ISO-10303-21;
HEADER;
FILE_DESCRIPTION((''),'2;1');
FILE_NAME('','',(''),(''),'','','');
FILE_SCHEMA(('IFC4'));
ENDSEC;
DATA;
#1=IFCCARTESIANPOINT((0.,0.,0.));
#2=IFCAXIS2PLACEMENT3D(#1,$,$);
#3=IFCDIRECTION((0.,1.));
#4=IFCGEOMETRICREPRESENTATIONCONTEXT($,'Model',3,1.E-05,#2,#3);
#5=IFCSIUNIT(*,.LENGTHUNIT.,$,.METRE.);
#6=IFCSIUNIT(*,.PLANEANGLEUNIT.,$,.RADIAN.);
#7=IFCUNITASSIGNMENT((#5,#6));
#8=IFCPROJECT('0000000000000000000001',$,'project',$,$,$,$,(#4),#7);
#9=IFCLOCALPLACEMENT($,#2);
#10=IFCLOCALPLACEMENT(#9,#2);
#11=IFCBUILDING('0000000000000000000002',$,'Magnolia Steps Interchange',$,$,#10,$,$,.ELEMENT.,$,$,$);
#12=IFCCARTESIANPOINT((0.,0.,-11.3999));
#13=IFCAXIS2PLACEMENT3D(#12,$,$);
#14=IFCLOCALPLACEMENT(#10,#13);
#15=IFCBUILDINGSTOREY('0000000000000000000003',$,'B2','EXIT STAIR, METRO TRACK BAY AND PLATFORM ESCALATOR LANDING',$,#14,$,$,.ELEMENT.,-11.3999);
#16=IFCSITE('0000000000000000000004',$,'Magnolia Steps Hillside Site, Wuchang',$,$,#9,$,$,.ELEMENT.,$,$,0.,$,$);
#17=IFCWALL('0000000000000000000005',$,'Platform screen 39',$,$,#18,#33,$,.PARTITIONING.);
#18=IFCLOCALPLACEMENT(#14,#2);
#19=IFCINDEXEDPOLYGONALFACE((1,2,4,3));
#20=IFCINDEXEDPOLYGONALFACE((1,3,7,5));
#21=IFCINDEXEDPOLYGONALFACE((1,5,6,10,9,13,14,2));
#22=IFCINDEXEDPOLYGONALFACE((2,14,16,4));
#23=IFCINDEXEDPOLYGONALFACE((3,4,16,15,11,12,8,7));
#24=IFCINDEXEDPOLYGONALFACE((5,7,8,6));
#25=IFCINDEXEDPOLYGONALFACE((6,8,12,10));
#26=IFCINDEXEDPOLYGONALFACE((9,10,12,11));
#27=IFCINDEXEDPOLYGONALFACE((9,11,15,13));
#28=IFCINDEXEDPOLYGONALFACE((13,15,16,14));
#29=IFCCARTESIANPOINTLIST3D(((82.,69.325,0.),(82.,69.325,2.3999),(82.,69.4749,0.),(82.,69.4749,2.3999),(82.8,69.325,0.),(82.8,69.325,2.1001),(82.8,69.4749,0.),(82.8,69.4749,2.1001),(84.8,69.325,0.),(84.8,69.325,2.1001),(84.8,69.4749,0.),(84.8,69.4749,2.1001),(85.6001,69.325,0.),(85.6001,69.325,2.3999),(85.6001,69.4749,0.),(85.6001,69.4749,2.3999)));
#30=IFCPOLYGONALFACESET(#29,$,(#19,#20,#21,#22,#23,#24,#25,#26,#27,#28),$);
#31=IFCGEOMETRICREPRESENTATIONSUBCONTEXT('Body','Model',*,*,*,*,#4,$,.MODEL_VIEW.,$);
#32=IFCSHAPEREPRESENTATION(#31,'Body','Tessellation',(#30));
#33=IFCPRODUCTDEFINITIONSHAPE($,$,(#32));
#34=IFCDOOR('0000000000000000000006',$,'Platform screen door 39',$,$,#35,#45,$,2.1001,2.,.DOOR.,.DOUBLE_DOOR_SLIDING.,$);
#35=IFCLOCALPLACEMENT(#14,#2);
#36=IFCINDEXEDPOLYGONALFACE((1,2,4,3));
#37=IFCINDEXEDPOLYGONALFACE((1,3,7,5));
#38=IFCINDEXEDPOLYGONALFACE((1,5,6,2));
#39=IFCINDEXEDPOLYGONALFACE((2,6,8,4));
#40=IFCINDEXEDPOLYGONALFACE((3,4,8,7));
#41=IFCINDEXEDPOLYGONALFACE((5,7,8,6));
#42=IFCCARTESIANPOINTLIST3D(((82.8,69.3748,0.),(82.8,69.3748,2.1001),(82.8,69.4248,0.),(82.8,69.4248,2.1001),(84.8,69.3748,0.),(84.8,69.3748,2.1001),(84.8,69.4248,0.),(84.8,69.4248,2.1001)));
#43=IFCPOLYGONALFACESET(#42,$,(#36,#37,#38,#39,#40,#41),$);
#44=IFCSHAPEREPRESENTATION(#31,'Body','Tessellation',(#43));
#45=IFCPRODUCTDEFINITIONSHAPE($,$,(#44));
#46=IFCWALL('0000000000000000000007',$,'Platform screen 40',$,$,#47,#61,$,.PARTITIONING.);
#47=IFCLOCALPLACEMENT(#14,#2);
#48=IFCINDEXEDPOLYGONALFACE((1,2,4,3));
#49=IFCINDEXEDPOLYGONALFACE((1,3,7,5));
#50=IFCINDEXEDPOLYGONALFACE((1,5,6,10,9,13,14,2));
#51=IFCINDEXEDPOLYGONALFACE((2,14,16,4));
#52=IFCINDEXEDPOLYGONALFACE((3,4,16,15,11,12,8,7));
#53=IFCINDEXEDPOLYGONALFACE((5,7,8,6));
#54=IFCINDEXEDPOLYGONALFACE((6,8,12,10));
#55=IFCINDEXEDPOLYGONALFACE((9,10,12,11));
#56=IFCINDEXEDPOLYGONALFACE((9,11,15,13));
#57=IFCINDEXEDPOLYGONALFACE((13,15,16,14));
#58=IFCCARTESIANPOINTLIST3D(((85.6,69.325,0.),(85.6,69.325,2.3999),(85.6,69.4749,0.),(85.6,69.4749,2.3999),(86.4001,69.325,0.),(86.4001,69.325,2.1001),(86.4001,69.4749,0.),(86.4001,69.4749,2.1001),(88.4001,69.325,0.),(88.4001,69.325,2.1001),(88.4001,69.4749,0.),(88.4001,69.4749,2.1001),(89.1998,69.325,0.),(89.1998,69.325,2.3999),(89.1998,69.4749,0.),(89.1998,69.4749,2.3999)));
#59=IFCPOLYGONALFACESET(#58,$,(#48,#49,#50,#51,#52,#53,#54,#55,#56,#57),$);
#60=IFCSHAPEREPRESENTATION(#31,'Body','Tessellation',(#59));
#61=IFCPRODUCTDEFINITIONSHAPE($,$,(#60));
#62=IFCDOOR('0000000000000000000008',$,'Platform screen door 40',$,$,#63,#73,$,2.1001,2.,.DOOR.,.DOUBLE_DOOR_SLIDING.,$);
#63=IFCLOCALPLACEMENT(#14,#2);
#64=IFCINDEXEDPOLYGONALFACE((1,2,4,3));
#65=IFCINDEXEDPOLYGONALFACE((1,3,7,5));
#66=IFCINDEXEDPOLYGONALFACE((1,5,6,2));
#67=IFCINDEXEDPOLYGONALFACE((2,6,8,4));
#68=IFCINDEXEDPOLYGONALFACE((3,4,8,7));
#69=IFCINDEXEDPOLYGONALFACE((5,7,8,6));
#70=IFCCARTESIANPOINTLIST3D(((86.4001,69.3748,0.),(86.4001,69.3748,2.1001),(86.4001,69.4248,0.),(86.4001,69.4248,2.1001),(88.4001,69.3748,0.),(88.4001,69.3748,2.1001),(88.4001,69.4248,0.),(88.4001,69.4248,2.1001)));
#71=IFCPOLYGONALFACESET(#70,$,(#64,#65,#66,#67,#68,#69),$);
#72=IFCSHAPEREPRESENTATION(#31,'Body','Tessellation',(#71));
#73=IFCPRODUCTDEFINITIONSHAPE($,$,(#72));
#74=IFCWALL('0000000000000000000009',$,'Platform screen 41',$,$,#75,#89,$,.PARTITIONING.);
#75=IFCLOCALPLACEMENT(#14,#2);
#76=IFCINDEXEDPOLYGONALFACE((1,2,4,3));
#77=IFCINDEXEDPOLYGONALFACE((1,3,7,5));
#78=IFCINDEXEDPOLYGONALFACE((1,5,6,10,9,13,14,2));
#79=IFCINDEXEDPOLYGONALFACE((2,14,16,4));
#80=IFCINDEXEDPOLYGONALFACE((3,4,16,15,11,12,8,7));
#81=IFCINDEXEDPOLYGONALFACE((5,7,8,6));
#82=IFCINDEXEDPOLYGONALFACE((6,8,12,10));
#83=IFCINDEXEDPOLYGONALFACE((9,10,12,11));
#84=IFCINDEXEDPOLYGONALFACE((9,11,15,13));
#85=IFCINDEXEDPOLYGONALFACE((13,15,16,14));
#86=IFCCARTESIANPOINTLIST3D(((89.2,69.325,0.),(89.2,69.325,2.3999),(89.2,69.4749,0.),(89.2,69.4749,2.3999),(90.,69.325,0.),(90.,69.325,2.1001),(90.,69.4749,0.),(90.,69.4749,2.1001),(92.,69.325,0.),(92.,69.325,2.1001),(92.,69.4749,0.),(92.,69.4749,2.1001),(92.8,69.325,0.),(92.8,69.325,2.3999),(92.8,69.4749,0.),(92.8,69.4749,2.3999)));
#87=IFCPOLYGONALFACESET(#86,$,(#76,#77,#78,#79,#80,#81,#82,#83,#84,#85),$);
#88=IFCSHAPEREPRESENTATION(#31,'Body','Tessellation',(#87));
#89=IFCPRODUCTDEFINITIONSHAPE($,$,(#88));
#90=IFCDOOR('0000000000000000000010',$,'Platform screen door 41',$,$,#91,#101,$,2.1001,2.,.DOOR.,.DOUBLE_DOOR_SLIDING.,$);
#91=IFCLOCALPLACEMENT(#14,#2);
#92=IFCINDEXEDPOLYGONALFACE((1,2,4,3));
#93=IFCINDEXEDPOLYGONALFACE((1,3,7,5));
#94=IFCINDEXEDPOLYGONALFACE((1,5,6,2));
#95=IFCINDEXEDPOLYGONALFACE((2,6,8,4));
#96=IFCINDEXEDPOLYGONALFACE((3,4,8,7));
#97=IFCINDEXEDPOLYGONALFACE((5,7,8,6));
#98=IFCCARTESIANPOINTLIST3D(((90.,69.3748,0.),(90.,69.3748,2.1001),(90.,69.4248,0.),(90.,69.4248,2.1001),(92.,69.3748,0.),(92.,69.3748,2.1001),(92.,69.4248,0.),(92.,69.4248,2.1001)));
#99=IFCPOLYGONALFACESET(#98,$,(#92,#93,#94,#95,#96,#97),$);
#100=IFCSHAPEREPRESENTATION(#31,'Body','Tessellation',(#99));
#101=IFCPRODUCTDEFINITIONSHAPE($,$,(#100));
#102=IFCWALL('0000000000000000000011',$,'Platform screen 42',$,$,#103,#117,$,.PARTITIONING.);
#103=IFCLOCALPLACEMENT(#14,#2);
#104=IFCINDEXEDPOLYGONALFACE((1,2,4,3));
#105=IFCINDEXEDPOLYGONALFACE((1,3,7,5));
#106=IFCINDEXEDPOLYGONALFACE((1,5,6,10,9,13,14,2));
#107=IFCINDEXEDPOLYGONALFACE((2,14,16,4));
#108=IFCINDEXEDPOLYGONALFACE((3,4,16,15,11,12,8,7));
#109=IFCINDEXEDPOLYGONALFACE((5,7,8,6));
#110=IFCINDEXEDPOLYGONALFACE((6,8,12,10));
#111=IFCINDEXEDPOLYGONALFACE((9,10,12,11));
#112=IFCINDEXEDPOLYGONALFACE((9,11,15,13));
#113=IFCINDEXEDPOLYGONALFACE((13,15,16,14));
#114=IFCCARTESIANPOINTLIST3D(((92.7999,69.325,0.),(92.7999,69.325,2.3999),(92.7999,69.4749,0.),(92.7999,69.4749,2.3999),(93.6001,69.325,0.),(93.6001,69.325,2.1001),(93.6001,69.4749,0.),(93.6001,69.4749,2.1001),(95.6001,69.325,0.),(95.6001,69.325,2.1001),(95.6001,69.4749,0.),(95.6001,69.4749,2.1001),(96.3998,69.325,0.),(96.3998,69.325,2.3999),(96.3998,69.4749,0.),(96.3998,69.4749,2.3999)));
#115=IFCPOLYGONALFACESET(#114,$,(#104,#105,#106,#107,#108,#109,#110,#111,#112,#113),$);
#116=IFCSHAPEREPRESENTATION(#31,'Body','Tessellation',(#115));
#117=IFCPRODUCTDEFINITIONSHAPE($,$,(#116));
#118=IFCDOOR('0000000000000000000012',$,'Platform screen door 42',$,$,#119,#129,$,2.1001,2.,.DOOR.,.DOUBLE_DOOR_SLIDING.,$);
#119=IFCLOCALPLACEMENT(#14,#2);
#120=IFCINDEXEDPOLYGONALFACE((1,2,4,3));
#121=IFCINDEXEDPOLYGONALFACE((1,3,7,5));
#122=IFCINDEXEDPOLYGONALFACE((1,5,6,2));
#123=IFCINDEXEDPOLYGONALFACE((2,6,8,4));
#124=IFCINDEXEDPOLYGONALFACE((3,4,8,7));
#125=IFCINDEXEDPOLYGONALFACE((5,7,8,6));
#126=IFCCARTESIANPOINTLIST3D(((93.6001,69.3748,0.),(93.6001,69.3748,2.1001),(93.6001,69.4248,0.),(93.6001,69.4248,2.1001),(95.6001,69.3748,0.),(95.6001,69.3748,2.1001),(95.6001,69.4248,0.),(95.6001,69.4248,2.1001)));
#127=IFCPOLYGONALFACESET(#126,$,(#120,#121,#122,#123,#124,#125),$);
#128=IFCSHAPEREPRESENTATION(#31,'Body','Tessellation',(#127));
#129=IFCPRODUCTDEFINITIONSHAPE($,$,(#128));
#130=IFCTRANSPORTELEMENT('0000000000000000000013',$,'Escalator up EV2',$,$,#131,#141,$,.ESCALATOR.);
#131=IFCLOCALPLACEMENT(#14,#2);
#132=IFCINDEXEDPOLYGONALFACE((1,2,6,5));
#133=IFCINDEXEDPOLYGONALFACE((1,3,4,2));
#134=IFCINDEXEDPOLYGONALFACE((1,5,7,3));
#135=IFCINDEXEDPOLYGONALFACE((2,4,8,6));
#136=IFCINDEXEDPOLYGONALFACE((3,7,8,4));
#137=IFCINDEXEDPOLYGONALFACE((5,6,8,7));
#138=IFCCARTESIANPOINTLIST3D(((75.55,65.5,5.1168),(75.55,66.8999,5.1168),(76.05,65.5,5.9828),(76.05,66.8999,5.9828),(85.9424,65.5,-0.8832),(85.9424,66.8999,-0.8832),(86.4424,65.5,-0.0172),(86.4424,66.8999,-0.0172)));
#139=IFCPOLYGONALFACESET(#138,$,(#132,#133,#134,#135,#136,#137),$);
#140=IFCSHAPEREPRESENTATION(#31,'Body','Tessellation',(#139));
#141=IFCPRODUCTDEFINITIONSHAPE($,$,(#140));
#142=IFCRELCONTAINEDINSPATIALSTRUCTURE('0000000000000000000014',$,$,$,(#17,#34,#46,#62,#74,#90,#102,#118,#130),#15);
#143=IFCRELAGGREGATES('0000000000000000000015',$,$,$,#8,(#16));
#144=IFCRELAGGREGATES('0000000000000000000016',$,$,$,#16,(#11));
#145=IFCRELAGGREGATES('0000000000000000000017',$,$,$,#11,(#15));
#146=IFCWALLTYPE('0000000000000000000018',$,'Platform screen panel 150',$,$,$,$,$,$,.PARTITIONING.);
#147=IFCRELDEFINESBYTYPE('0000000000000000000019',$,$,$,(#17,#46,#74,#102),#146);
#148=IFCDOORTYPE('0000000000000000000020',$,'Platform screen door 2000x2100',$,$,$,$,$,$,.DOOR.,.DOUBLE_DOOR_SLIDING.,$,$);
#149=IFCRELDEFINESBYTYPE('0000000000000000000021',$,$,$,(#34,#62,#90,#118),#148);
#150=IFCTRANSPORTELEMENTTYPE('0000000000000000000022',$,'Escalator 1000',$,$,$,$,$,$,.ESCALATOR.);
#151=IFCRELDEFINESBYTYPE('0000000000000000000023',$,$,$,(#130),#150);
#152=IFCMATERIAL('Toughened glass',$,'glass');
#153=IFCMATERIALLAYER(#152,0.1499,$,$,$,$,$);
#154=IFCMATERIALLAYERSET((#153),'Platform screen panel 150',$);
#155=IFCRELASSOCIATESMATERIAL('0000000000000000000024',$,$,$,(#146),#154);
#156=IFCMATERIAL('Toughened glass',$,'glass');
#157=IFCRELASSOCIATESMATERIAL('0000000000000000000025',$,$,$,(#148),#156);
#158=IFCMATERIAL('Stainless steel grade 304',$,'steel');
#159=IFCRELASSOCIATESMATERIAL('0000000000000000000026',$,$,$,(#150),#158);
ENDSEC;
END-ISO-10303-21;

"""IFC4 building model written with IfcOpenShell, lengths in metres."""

from ifc_helpers import new_model, si_unit, direction, frame, frame_2d, origin, origin_2d, place, context, subcontext, project, spatial, rectangle, extrude, material, layer, layer_set, material_profile, profile_set, type_object, element, fill, save


model = new_model("IFC4")

# Units and contexts
model_context = context("Model", 3, precision=1e-05, world=origin(), true_north=direction((0.0, 1.0)))
body_context = subcontext(model_context, "Body", "Model", "MODEL_VIEW")
ifc_project = project(units=[si_unit("LENGTHUNIT", "METRE"), si_unit("PLANEANGLEUNIT", "RADIAN")], contexts=[model_context])

# Site, building, storey
site_placement = place(None, origin())
site = spatial("IfcSite", under=ifc_project, at=site_placement, Name="Magnolia Steps Hillside Site, Wuchang", CompositionType="ELEMENT", RefElevation=0.0)
building_placement = place(site_placement, origin())
building = spatial("IfcBuilding", under=site, at=building_placement, Name="Magnolia Steps Interchange", CompositionType="ELEMENT")
storey_placement = place(building_placement, frame((0.0, 0.0, -11.3999)))
storey = spatial("IfcBuildingStorey", under=building, at=storey_placement, Name="B2", Description="EXIT STAIR, METRO TRACK BAY AND PLATFORM ESCALATOR LANDING", CompositionType="ELEMENT", Elevation=-11.3999)

# Walls, openings, doors
ifc_material_1 = material(Name="Toughened glass", Category="glass")
ifc_layer = layer(ifc_material_1, 0.1499)
ifc_layer_set = layer_set([ifc_layer], Name="Platform screen panel 150")
wall_type = type_object("IfcWallType", Name="Platform screen panel 150", PredefinedType="PARTITIONING", material=ifc_layer_set)
ifc_material_2 = material(Name="Toughened glass", Category="glass")
door_type = type_object("IfcDoorType", Name="Platform screen door 2000x2100", OperationType="DOUBLE_DOOR_SLIDING", PredefinedType="DOOR", material=ifc_material_2)
wall_1_placement = place(storey_placement, frame((82.0, 69.3999, 0.0), z_axis=(0.0, 0.0, 1.0), x_axis=(1.0, 0.0, 0.0)))
wall_1 = element("IfcWall", 1, at=wall_1_placement, inside=storey, type_object=wall_type, Name="Platform screen 39", PredefinedType="PARTITIONING", context=body_context, shape_type="SweptSolid", body=[
    extrude(rectangle(XDim=3.6001, YDim=0.1499, at=frame_2d((1.8, 0.0))), origin(), (0.0, 0.0, 1.0), 2.3999),
])
opening_1_placement = place(wall_1_placement, frame((0.8, 0.0, 0.0)))
opening_1 = element("IfcOpeningElement", 2, at=opening_1_placement, cuts=wall_1, PredefinedType="OPENING", context=body_context, shape_type="SweptSolid", body=[
    extrude(rectangle(XDim=2.0, YDim=2.1001, at=frame_2d((1.0, 1.05))), frame((0.0, 0.085, 0.0), z_axis=(0.0, -1.0, 0.0), x_axis=(1.0, 0.0, 0.0)), (0.0, 0.0, 1.0), 0.1699),
])
door_1_placement = place(opening_1_placement, origin())
door_1 = element("IfcDoor", 3, at=door_1_placement, inside=storey, type_object=door_type, Name="Platform screen door 39", OperationType="DOUBLE_DOOR_SLIDING", OverallHeight=2.1001, OverallWidth=2.0, PredefinedType="DOOR", context=body_context, shape_type="SweptSolid", body=[
    extrude(rectangle(XDim=2.0, YDim=2.1001, at=frame_2d((1.0, 1.05))), frame((0.0, 0.0249, 0.0), z_axis=(0.0, -1.0, 0.0), x_axis=(1.0, 0.0, 0.0)), (0.0, 0.0, 1.0), 0.05),
])
fill(opening_1, door_1)
wall_2_placement = place(storey_placement, frame((85.6001, 69.3999, 0.0), z_axis=(0.0, 0.0, 1.0), x_axis=(1.0, 0.0, 0.0)))
wall_2 = element("IfcWall", 4, at=wall_2_placement, inside=storey, type_object=wall_type, Name="Platform screen 40", PredefinedType="PARTITIONING", context=body_context, shape_type="SweptSolid", body=[
    extrude(rectangle(XDim=3.5999, YDim=0.1499, at=frame_2d((1.7998, 0.0))), origin(), (0.0, 0.0, 1.0), 2.3999),
])
opening_2_placement = place(wall_2_placement, frame((0.8, 0.0, 0.0)))
opening_2 = element("IfcOpeningElement", 5, at=opening_2_placement, cuts=wall_2, PredefinedType="OPENING", context=body_context, shape_type="SweptSolid", body=[
    extrude(rectangle(XDim=2.0, YDim=2.1001, at=frame_2d((1.0, 1.05))), frame((0.0, 0.085, 0.0), z_axis=(0.0, -1.0, 0.0), x_axis=(1.0, 0.0, 0.0)), (0.0, 0.0, 1.0), 0.1699),
])
door_2_placement = place(opening_2_placement, origin())
door_2 = element("IfcDoor", 6, at=door_2_placement, inside=storey, type_object=door_type, Name="Platform screen door 40", OperationType="DOUBLE_DOOR_SLIDING", OverallHeight=2.1001, OverallWidth=2.0, PredefinedType="DOOR", context=body_context, shape_type="SweptSolid", body=[
    extrude(rectangle(XDim=2.0, YDim=2.1001, at=frame_2d((1.0, 1.05))), frame((0.0, 0.0249, 0.0), z_axis=(0.0, -1.0, 0.0), x_axis=(1.0, 0.0, 0.0)), (0.0, 0.0, 1.0), 0.05),
])
fill(opening_2, door_2)
wall_3_placement = place(storey_placement, frame((89.2, 69.3999, 0.0), z_axis=(0.0, 0.0, 1.0), x_axis=(1.0, 0.0, 0.0)))
wall_3 = element("IfcWall", 7, at=wall_3_placement, inside=storey, type_object=wall_type, Name="Platform screen 41", PredefinedType="PARTITIONING", context=body_context, shape_type="SweptSolid", body=[
    extrude(rectangle(XDim=3.6001, YDim=0.1499, at=frame_2d((1.8, 0.0))), origin(), (0.0, 0.0, 1.0), 2.3999),
])
opening_3_placement = place(wall_3_placement, frame((0.8, 0.0, 0.0)))
opening_3 = element("IfcOpeningElement", 8, at=opening_3_placement, cuts=wall_3, PredefinedType="OPENING", context=body_context, shape_type="SweptSolid", body=[
    extrude(rectangle(XDim=2.0, YDim=2.1001, at=frame_2d((1.0, 1.05))), frame((0.0, 0.085, 0.0), z_axis=(0.0, -1.0, 0.0), x_axis=(1.0, 0.0, 0.0)), (0.0, 0.0, 1.0), 0.1699),
])
door_3_placement = place(opening_3_placement, origin())
door_3 = element("IfcDoor", 9, at=door_3_placement, inside=storey, type_object=door_type, Name="Platform screen door 41", OperationType="DOUBLE_DOOR_SLIDING", OverallHeight=2.1001, OverallWidth=2.0, PredefinedType="DOOR", context=body_context, shape_type="SweptSolid", body=[
    extrude(rectangle(XDim=2.0, YDim=2.1001, at=frame_2d((1.0, 1.05))), frame((0.0, 0.0249, 0.0), z_axis=(0.0, -1.0, 0.0), x_axis=(1.0, 0.0, 0.0)), (0.0, 0.0, 1.0), 0.05),
])
fill(opening_3, door_3)
wall_4_placement = place(storey_placement, frame((92.8, 69.3999, 0.0), z_axis=(0.0, 0.0, 1.0), x_axis=(1.0, 0.0, 0.0)))
wall_4 = element("IfcWall", 10, at=wall_4_placement, inside=storey, type_object=wall_type, Name="Platform screen 42", PredefinedType="PARTITIONING", context=body_context, shape_type="SweptSolid", body=[
    extrude(rectangle(XDim=3.5999, YDim=0.1499, at=frame_2d((1.7998, 0.0))), origin(), (0.0, 0.0, 1.0), 2.3999),
])
opening_4_placement = place(wall_4_placement, frame((0.8, 0.0, 0.0)))
opening_4 = element("IfcOpeningElement", 11, at=opening_4_placement, cuts=wall_4, PredefinedType="OPENING", context=body_context, shape_type="SweptSolid", body=[
    extrude(rectangle(XDim=2.0, YDim=2.1001, at=frame_2d((1.0, 1.05))), frame((0.0, 0.085, 0.0), z_axis=(0.0, -1.0, 0.0), x_axis=(1.0, 0.0, 0.0)), (0.0, 0.0, 1.0), 0.1699),
])
door_4_placement = place(opening_4_placement, origin())
door_4 = element("IfcDoor", 12, at=door_4_placement, inside=storey, type_object=door_type, Name="Platform screen door 42", OperationType="DOUBLE_DOOR_SLIDING", OverallHeight=2.1001, OverallWidth=2.0, PredefinedType="DOOR", context=body_context, shape_type="SweptSolid", body=[
    extrude(rectangle(XDim=2.0, YDim=2.1001, at=frame_2d((1.0, 1.05))), frame((0.0, 0.0249, 0.0), z_axis=(0.0, -1.0, 0.0), x_axis=(1.0, 0.0, 0.0)), (0.0, 0.0, 1.0), 0.05),
])
fill(opening_4, door_4)

# Transport element
ifc_material_3 = material(Name="Stainless steel grade 304", Category="steel")
ifc_material_profile_1 = material_profile(ifc_material_3, rectangle(XDim=1.3999, YDim=1.0, at=origin_2d()), Name="Escalator 1000")
ifc_profile_set_1 = profile_set([ifc_material_profile_1], Name="Stainless steel grade 304")
transport_element_type = type_object("IfcTransportElementType", Name="Escalator 1000", PredefinedType="ESCALATOR", material=ifc_profile_set_1)
transport_element_placement = place(storey_placement, frame((75.8, 66.2, 5.5498), z_axis=(0.866026, 0.0, -0.499999), x_axis=(0.0, 1.0, 0.0)))
element("IfcTransportElement", 13, at=transport_element_placement, inside=storey, type_object=transport_element_type, Name="Escalator up EV2", PredefinedType="ESCALATOR", context=body_context, shape_type="SweptSolid", body=[
    extrude(rectangle(XDim=1.3999, YDim=1.0, at=origin_2d()), origin(), (0.0, 0.0, 1.0), 12.0),
])

save(model, "model.ifc")
